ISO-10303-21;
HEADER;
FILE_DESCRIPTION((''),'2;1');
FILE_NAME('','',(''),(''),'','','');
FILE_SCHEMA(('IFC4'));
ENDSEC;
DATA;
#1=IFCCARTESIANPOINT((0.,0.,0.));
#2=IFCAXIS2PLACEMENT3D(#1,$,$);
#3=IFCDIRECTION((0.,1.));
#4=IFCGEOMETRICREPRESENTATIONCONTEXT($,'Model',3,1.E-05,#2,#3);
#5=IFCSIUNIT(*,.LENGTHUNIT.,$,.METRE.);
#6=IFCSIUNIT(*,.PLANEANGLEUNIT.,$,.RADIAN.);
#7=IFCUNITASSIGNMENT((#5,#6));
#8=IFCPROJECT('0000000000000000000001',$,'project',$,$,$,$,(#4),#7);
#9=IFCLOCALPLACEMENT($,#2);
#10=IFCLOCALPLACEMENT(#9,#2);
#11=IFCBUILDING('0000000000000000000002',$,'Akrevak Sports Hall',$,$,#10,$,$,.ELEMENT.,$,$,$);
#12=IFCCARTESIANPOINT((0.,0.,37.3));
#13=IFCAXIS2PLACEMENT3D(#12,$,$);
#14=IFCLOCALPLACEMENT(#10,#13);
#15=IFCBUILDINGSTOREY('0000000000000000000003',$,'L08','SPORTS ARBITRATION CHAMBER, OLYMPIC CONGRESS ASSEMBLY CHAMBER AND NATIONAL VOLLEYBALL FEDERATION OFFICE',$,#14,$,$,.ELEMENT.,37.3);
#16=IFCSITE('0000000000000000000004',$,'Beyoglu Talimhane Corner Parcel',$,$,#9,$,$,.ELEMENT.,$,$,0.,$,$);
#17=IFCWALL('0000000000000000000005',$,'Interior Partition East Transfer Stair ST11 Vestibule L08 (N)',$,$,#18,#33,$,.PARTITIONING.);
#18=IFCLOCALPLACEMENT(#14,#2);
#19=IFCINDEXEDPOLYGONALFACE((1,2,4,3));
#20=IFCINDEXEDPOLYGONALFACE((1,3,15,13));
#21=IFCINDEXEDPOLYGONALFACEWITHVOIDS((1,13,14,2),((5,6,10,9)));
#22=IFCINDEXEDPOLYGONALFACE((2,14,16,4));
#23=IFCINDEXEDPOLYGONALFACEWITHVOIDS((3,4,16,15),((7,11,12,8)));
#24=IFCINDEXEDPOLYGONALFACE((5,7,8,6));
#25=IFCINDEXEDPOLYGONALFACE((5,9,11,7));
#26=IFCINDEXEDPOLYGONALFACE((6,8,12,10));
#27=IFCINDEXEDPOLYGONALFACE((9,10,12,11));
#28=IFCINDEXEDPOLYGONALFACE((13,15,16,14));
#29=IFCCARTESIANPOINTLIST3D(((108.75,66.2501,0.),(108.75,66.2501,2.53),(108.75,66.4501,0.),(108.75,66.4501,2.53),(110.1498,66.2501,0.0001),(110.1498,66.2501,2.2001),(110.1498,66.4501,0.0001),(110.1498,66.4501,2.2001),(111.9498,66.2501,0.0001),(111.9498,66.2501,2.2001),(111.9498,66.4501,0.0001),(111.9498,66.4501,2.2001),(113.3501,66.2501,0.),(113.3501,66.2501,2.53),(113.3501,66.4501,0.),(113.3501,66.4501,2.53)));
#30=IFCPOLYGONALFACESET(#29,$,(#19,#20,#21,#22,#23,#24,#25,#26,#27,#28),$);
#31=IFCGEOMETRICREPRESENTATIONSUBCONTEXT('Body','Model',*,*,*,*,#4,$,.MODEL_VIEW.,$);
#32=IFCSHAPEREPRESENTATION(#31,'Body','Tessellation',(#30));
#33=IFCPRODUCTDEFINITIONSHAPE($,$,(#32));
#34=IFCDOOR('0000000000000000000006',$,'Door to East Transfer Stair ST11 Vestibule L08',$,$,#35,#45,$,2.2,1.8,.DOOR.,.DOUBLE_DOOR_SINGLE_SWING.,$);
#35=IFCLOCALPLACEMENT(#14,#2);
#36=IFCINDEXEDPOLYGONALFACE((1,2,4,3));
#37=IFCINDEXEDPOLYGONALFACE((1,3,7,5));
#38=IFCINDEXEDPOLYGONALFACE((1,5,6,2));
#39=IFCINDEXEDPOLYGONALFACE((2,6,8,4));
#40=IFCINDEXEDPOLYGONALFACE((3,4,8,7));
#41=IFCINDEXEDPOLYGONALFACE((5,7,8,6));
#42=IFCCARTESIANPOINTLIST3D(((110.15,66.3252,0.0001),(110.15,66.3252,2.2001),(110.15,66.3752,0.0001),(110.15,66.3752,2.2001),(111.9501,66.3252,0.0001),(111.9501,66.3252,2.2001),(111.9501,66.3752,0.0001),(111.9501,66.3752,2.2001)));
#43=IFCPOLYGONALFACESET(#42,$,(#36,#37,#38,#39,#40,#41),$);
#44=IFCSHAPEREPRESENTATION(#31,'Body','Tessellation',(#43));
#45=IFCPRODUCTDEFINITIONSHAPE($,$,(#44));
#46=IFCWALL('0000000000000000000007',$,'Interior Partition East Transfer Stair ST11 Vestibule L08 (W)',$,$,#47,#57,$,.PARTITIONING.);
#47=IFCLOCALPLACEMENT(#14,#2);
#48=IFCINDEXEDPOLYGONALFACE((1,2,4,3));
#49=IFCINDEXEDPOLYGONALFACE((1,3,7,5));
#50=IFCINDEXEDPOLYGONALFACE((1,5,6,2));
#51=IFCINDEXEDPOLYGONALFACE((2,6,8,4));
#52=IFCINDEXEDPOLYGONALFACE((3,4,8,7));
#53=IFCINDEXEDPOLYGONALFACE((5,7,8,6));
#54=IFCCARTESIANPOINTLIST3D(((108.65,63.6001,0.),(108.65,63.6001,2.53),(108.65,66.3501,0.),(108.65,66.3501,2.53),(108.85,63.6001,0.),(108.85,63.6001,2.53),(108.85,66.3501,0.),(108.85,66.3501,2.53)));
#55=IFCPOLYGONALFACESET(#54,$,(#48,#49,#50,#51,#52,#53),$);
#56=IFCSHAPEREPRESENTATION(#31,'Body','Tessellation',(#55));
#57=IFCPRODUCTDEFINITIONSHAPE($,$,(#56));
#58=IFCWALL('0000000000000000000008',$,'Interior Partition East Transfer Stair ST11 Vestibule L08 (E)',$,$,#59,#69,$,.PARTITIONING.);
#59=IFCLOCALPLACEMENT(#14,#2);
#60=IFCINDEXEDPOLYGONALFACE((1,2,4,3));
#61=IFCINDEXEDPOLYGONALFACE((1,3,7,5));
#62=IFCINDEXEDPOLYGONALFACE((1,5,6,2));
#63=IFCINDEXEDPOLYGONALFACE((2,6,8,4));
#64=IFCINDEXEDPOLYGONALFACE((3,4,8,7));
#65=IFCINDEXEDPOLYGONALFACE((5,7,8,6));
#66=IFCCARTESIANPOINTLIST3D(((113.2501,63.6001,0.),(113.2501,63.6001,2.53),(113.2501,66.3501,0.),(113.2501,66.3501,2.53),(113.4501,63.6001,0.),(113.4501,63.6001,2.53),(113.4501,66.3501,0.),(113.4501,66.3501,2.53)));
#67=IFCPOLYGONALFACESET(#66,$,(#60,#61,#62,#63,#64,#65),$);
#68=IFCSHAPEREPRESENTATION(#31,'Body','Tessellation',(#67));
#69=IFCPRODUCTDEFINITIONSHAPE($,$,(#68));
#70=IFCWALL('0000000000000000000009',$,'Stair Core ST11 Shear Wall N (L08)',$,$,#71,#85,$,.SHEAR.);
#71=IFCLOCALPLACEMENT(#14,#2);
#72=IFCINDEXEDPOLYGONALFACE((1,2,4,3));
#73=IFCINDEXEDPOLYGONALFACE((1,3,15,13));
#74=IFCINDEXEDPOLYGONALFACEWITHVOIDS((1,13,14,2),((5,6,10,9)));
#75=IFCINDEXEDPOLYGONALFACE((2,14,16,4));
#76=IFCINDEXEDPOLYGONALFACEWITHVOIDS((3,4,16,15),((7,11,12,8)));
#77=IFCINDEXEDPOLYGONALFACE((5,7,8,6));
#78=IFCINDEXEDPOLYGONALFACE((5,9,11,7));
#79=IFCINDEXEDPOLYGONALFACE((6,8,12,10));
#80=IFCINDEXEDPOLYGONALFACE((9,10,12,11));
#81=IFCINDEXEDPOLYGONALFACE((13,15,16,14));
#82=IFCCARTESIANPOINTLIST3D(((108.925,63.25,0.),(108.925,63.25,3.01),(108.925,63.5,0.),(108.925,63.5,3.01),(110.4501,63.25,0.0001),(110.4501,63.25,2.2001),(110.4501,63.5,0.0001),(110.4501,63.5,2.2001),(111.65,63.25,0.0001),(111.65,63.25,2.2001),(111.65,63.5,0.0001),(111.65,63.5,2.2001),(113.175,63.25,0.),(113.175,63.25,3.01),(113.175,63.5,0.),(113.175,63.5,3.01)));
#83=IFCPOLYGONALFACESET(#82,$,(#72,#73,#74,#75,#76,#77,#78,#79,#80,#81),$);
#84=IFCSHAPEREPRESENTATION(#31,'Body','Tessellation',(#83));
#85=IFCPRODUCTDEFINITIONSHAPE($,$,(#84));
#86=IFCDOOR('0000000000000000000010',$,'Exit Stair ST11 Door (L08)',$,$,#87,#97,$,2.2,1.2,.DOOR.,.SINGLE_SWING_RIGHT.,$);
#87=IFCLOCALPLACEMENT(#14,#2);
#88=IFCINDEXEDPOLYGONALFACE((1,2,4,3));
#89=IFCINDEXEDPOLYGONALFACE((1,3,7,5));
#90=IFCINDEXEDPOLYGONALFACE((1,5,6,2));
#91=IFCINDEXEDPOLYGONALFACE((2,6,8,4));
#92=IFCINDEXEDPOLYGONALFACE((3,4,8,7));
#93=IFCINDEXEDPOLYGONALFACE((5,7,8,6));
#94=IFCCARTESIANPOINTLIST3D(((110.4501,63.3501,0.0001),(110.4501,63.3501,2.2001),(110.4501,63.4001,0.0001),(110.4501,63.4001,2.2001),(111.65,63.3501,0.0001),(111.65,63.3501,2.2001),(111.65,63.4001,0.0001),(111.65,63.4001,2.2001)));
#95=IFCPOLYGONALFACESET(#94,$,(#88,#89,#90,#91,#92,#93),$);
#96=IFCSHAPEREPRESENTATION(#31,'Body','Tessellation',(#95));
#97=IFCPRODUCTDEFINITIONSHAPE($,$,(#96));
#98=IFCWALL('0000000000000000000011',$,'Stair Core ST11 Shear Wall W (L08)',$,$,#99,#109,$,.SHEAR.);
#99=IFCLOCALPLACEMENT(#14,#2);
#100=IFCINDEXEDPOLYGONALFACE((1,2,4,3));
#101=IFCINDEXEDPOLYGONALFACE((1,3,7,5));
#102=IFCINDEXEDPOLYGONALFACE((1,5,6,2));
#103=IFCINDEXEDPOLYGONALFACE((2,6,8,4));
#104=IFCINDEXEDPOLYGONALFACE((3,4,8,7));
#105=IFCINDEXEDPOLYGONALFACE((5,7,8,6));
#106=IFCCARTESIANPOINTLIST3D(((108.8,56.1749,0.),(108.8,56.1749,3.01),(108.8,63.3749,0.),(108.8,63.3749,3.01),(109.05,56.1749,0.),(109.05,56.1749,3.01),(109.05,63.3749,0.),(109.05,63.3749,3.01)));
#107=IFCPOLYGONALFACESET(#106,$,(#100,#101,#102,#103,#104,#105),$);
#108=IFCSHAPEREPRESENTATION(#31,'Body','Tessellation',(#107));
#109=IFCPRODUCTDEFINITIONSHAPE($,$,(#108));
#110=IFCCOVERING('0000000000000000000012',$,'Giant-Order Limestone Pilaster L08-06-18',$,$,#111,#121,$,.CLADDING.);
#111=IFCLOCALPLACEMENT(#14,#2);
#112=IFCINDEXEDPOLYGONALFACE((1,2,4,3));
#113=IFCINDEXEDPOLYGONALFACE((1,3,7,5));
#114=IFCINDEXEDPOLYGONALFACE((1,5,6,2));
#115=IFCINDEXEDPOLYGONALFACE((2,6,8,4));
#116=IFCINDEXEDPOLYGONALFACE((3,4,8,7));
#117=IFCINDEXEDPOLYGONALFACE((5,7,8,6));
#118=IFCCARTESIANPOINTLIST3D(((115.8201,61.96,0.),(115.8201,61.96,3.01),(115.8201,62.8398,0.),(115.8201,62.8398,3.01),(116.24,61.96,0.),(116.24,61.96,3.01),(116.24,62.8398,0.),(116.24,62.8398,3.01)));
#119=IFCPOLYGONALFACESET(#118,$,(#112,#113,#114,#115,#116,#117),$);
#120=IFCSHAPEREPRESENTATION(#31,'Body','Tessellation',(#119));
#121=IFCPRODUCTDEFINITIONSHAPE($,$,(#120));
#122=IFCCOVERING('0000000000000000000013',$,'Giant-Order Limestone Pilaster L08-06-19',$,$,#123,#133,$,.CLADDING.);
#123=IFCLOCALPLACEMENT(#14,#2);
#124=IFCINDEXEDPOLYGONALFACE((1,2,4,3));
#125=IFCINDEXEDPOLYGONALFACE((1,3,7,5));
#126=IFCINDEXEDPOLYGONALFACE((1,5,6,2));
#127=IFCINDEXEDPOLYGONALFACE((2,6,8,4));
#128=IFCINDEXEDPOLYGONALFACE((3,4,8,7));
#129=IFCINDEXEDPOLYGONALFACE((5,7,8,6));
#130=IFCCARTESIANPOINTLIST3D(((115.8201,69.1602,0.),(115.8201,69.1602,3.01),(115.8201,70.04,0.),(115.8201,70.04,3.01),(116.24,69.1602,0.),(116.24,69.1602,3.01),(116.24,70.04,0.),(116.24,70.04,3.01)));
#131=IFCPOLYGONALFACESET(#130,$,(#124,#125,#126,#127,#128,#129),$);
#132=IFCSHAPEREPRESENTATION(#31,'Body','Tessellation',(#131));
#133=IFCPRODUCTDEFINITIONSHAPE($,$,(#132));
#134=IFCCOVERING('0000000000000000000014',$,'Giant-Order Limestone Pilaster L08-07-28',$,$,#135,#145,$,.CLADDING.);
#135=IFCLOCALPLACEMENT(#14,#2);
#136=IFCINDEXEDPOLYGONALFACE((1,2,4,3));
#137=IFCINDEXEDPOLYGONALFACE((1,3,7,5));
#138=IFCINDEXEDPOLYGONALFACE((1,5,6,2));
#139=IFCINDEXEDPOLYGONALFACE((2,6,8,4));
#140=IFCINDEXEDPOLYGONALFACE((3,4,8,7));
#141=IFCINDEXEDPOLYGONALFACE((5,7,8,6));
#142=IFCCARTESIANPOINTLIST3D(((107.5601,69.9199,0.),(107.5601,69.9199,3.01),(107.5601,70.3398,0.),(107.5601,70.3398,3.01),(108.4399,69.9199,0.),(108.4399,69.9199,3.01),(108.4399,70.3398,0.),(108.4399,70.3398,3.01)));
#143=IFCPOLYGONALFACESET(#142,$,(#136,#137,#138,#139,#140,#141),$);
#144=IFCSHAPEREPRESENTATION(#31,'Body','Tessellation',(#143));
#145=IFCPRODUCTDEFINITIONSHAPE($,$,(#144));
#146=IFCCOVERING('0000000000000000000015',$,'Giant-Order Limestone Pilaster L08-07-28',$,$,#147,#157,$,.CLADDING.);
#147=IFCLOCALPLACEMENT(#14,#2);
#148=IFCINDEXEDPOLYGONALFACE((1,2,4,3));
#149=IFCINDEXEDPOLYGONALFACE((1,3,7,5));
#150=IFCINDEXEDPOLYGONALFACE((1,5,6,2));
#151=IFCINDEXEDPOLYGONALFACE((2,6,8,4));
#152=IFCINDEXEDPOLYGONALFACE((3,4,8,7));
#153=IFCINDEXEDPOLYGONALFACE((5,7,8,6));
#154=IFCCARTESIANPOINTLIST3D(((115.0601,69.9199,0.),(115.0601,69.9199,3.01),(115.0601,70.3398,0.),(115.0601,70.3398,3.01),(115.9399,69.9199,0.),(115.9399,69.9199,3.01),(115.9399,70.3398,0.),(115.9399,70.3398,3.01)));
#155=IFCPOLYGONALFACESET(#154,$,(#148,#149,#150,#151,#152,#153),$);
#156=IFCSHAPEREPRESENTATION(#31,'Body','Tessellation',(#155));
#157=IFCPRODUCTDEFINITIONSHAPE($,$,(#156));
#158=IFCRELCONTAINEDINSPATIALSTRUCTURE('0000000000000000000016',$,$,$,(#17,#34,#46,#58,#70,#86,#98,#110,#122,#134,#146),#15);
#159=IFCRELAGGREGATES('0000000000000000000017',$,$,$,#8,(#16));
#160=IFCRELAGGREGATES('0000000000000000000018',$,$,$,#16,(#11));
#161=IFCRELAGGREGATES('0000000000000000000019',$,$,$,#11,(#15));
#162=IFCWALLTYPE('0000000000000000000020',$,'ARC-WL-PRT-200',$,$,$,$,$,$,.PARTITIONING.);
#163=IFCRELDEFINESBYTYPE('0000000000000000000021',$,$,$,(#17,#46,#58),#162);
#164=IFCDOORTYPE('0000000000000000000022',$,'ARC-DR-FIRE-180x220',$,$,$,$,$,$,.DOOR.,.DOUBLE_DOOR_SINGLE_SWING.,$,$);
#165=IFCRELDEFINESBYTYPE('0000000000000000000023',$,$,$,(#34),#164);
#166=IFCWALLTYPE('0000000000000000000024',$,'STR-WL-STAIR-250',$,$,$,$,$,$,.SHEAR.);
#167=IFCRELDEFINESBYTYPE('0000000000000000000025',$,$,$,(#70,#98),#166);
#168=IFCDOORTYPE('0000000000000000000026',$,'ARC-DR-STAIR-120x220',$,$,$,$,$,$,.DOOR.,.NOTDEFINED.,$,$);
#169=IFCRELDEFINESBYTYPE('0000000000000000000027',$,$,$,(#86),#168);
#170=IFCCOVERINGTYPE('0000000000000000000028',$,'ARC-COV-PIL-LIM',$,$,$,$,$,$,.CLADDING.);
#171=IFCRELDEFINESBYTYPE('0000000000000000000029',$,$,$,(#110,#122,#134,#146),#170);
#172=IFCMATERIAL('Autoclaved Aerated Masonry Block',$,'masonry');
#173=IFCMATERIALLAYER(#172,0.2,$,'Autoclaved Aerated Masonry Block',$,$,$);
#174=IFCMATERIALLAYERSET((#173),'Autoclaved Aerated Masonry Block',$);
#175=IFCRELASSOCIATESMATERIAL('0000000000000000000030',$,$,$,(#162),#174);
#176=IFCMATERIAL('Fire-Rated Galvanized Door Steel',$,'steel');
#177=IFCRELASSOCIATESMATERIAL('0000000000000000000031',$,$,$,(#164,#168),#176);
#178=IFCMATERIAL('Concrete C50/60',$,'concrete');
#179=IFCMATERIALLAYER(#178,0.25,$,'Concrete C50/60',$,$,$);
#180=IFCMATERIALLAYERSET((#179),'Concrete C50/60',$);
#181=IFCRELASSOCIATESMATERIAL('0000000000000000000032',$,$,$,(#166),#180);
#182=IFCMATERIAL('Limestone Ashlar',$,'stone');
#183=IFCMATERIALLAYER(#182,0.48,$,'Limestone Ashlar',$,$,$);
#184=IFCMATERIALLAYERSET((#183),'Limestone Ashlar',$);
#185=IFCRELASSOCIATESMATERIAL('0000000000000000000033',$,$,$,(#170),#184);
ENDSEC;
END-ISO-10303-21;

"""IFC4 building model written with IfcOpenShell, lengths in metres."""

from ifc_helpers import new_model, si_unit, direction, frame, frame_2d, origin, origin_2d, place, context, subcontext, project, spatial, rectangle, extrude, material, layer, layer_set, type_object, element, fill, save


model = new_model("IFC4")

# Units and contexts
model_context = context("Model", 3, precision=1e-05, world=origin(), true_north=direction((0.0, 1.0)))
body_context = subcontext(model_context, "Body", "Model", "MODEL_VIEW")
ifc_project = project(units=[si_unit("LENGTHUNIT", "METRE"), si_unit("PLANEANGLEUNIT", "RADIAN")], contexts=[model_context])

# Site, building, storey
site_placement = place(None, origin())
site = spatial("IfcSite", under=ifc_project, at=site_placement, Name="Beyoglu Talimhane Corner Parcel", CompositionType="ELEMENT", RefElevation=0.0)
building_placement = place(site_placement, origin())
building = spatial("IfcBuilding", under=site, at=building_placement, Name="Akrevak Sports Hall", CompositionType="ELEMENT")
storey_placement = place(building_placement, frame((0.0, 0.0, 37.3)))
storey = spatial("IfcBuildingStorey", under=building, at=storey_placement, Name="L08", Description="SPORTS ARBITRATION CHAMBER, OLYMPIC CONGRESS ASSEMBLY CHAMBER AND NATIONAL VOLLEYBALL FEDERATION OFFICE", CompositionType="ELEMENT", Elevation=37.3)

# Shared definitions
ifc_material_1 = material(Name="Limestone Ashlar", Category="stone")

# Shared definitions
ifc_material_2 = material(Name="Autoclaved Aerated Masonry Block", Category="masonry")
ifc_layer_1 = layer(ifc_material_2, 0.2, Name="Autoclaved Aerated Masonry Block")
ifc_layer_set_1 = layer_set([ifc_layer_1], Name="Autoclaved Aerated Masonry Block")
wall_type_1 = type_object("IfcWallType", Name="ARC-WL-PRT-200", PredefinedType="PARTITIONING", material=ifc_layer_set_1)

# Wall, opening, door
wall_1_placement = place(storey_placement, frame((108.75, 66.3501, 0.0), z_axis=(0.0, 0.0, 1.0), x_axis=(1.0, 0.0, 0.0)))
wall_1 = element("IfcWall", 1, at=wall_1_placement, inside=storey, type_object=wall_type_1, Name="Interior Partition East Transfer Stair ST11 Vestibule L08 (N)", PredefinedType="PARTITIONING", context=body_context, shape_type="SweptSolid", body=[
    extrude(rectangle(XDim=4.6001, YDim=0.2, at=frame_2d((2.3, 0.0))), origin(), (0.0, 0.0, 1.0), 2.53),
])
opening_1_placement = place(wall_1_placement, frame((1.3999, 0.0, 0.0)))
opening_1 = element("IfcOpeningElement", 2, at=opening_1_placement, cuts=wall_1, PredefinedType="OPENING", context=body_context, shape_type="SweptSolid", body=[
    extrude(rectangle(XDim=1.8, YDim=2.2, at=frame_2d((0.8999, 1.1001))), frame((0.0, 0.1118, 0.0), z_axis=(0.0, -1.0, 0.0), x_axis=(1.0, 0.0, 0.0)), (0.0, 0.0, 1.0), 0.2239),
])
ifc_material_3 = material(Name="Fire-Rated Galvanized Door Steel", Category="steel")
door_type_1 = type_object("IfcDoorType", Name="ARC-DR-FIRE-180x220", OperationType="DOUBLE_DOOR_SINGLE_SWING", PredefinedType="DOOR", material=ifc_material_3)
door_1_placement = place(opening_1_placement, frame((1.8, 0.0, 0.0), z_axis=(0.0, 0.0, 1.0), x_axis=(-1.0, 0.0, 0.0)))
door_1 = element("IfcDoor", 3, at=door_1_placement, inside=storey, type_object=door_type_1, Name="Door to East Transfer Stair ST11 Vestibule L08", OperationType="DOUBLE_DOOR_SINGLE_SWING", OverallHeight=2.2, OverallWidth=1.8, PredefinedType="DOOR", context=body_context, shape_type="SweptSolid", body=[
    extrude(rectangle(XDim=1.8, YDim=2.2, at=frame_2d((0.8999, 1.1001))), frame((0.0, 0.0249, 0.0), z_axis=(0.0, -1.0, 0.0), x_axis=(1.0, 0.0, 0.0)), (0.0, 0.0, 1.0), 0.05),
])
fill(opening_1, door_1)

# Walls
for number, where, z_axis, x_axis, name in (
    (4, (108.75, 63.6001, 0.0), (0.0, 0.0, 1.0), (0.0, 1.0, 0.0), "Interior Partition East Transfer Stair ST11 Vestibule L08 (W)"),
    (5, (113.3501, 63.6001, 0.0), (0.0, 0.0, 1.0), (0.0, 1.0, 0.0), "Interior Partition East Transfer Stair ST11 Vestibule L08 (E)"),
):
    element("IfcWall", number, at=place(storey_placement, frame(where, z_axis=z_axis, x_axis=x_axis)), inside=storey, type_object=wall_type_1, Name=name, PredefinedType="PARTITIONING", context=body_context, shape_type="SweptSolid", body=[
        extrude(rectangle(XDim=2.75, YDim=0.2, at=frame_2d((1.375, 0.0))), origin(), (0.0, 0.0, 1.0), 2.53),
    ])

# Wall, opening, door
ifc_material_4 = material(Name="Concrete C50/60", Category="concrete")
ifc_layer_2 = layer(ifc_material_4, 0.25, Name="Concrete C50/60")
ifc_layer_set_2 = layer_set([ifc_layer_2], Name="Concrete C50/60")
wall_type_2 = type_object("IfcWallType", Name="STR-WL-STAIR-250", PredefinedType="SHEAR", material=ifc_layer_set_2)
wall_2_placement = place(storey_placement, frame((113.175, 63.375, 0.0), z_axis=(0.0, 0.0, 1.0), x_axis=(-1.0, 0.0, 0.0)))
wall_2 = element("IfcWall", 6, at=wall_2_placement, inside=storey, type_object=wall_type_2, Name="Stair Core ST11 Shear Wall N (L08)", PredefinedType="SHEAR", context=body_context, shape_type="SweptSolid", body=[
    extrude(rectangle(XDim=4.25, YDim=0.25, at=frame_2d((2.125, 0.0))), origin(), (0.0, 0.0, 1.0), 3.01),
])
opening_2_placement = place(wall_2_placement, frame((1.5249, 0.0, 0.0)))
opening_2 = element("IfcOpeningElement", 7, at=opening_2_placement, cuts=wall_2, PredefinedType="OPENING", context=body_context, shape_type="SweptSolid", body=[
    extrude(rectangle(XDim=1.2, YDim=2.2, at=frame_2d((0.6001, 1.1001))), frame((0.0, 0.137, 0.0), z_axis=(0.0, -1.0, 0.0), x_axis=(1.0, 0.0, 0.0)), (0.0, 0.0, 1.0), 0.2739),
])
door_type_2 = type_object("IfcDoorType", Name="ARC-DR-STAIR-120x220", OperationType="NOTDEFINED", PredefinedType="DOOR", material=ifc_material_3)
door_2_placement = place(opening_2_placement, origin())
door_2 = element("IfcDoor", 8, at=door_2_placement, inside=storey, type_object=door_type_2, Name="Exit Stair ST11 Door (L08)", OperationType="SINGLE_SWING_RIGHT", OverallHeight=2.2, OverallWidth=1.2, PredefinedType="DOOR", context=body_context, shape_type="SweptSolid", body=[
    extrude(rectangle(XDim=1.2, YDim=2.2, at=frame_2d((0.6001, 1.1001))), frame((0.0, 0.0249, 0.0), z_axis=(0.0, -1.0, 0.0), x_axis=(1.0, 0.0, 0.0)), (0.0, 0.0, 1.0), 0.05),
])
fill(opening_2, door_2)

# Wall
wall_3_placement = place(storey_placement, frame((108.925, 63.375, 0.0), z_axis=(0.0, 0.0, 1.0), x_axis=(0.0, -1.0, 0.0)))
element("IfcWall", 9, at=wall_3_placement, inside=storey, type_object=wall_type_2, Name="Stair Core ST11 Shear Wall W (L08)", PredefinedType="SHEAR", context=body_context, shape_type="SweptSolid", body=[
    extrude(rectangle(XDim=7.2, YDim=0.25, at=frame_2d((3.6001, 0.0))), origin(), (0.0, 0.0, 1.0), 3.01),
])

# Coverings
ifc_layer_3 = layer(ifc_material_1, 0.48, Name="Limestone Ashlar")
ifc_layer_set_3 = layer_set([ifc_layer_3], Name="Limestone Ashlar")
covering_type = type_object("IfcCoveringType", Name="ARC-COV-PIL-LIM", PredefinedType="CLADDING", material=ifc_layer_set_3)
for number, where, z_axis, x_axis, name in (
    (10, (116.03, 62.3999, 0.0), (0.0, 0.0, 1.0), (0.0, 1.0, 0.0), "Giant-Order Limestone Pilaster L08-06-18"),
    (11, (116.03, 69.6001, 0.0), (0.0, 0.0, 1.0), (0.0, 1.0, 0.0), "Giant-Order Limestone Pilaster L08-06-19"),
    (12, (108.0, 70.1299, 0.0), (0.0, 0.0, 1.0), (-1.0, 0.0, 0.0), "Giant-Order Limestone Pilaster L08-07-28"),
    (13, (115.5, 70.1299, 0.0), (0.0, 0.0, 1.0), (-1.0, 0.0, 0.0), "Giant-Order Limestone Pilaster L08-07-28"),
):
    element("IfcCovering", number, at=place(storey_placement, frame(where, z_axis=z_axis, x_axis=x_axis)), inside=storey, type_object=covering_type, Name=name, PredefinedType="CLADDING", context=body_context, shape_type="SweptSolid", body=[
        extrude(rectangle(XDim=0.8799, YDim=0.4199, at=origin_2d()), origin(), (0.0, 0.0, 1.0), 3.01),
    ])

save(model, "model.ifc")
